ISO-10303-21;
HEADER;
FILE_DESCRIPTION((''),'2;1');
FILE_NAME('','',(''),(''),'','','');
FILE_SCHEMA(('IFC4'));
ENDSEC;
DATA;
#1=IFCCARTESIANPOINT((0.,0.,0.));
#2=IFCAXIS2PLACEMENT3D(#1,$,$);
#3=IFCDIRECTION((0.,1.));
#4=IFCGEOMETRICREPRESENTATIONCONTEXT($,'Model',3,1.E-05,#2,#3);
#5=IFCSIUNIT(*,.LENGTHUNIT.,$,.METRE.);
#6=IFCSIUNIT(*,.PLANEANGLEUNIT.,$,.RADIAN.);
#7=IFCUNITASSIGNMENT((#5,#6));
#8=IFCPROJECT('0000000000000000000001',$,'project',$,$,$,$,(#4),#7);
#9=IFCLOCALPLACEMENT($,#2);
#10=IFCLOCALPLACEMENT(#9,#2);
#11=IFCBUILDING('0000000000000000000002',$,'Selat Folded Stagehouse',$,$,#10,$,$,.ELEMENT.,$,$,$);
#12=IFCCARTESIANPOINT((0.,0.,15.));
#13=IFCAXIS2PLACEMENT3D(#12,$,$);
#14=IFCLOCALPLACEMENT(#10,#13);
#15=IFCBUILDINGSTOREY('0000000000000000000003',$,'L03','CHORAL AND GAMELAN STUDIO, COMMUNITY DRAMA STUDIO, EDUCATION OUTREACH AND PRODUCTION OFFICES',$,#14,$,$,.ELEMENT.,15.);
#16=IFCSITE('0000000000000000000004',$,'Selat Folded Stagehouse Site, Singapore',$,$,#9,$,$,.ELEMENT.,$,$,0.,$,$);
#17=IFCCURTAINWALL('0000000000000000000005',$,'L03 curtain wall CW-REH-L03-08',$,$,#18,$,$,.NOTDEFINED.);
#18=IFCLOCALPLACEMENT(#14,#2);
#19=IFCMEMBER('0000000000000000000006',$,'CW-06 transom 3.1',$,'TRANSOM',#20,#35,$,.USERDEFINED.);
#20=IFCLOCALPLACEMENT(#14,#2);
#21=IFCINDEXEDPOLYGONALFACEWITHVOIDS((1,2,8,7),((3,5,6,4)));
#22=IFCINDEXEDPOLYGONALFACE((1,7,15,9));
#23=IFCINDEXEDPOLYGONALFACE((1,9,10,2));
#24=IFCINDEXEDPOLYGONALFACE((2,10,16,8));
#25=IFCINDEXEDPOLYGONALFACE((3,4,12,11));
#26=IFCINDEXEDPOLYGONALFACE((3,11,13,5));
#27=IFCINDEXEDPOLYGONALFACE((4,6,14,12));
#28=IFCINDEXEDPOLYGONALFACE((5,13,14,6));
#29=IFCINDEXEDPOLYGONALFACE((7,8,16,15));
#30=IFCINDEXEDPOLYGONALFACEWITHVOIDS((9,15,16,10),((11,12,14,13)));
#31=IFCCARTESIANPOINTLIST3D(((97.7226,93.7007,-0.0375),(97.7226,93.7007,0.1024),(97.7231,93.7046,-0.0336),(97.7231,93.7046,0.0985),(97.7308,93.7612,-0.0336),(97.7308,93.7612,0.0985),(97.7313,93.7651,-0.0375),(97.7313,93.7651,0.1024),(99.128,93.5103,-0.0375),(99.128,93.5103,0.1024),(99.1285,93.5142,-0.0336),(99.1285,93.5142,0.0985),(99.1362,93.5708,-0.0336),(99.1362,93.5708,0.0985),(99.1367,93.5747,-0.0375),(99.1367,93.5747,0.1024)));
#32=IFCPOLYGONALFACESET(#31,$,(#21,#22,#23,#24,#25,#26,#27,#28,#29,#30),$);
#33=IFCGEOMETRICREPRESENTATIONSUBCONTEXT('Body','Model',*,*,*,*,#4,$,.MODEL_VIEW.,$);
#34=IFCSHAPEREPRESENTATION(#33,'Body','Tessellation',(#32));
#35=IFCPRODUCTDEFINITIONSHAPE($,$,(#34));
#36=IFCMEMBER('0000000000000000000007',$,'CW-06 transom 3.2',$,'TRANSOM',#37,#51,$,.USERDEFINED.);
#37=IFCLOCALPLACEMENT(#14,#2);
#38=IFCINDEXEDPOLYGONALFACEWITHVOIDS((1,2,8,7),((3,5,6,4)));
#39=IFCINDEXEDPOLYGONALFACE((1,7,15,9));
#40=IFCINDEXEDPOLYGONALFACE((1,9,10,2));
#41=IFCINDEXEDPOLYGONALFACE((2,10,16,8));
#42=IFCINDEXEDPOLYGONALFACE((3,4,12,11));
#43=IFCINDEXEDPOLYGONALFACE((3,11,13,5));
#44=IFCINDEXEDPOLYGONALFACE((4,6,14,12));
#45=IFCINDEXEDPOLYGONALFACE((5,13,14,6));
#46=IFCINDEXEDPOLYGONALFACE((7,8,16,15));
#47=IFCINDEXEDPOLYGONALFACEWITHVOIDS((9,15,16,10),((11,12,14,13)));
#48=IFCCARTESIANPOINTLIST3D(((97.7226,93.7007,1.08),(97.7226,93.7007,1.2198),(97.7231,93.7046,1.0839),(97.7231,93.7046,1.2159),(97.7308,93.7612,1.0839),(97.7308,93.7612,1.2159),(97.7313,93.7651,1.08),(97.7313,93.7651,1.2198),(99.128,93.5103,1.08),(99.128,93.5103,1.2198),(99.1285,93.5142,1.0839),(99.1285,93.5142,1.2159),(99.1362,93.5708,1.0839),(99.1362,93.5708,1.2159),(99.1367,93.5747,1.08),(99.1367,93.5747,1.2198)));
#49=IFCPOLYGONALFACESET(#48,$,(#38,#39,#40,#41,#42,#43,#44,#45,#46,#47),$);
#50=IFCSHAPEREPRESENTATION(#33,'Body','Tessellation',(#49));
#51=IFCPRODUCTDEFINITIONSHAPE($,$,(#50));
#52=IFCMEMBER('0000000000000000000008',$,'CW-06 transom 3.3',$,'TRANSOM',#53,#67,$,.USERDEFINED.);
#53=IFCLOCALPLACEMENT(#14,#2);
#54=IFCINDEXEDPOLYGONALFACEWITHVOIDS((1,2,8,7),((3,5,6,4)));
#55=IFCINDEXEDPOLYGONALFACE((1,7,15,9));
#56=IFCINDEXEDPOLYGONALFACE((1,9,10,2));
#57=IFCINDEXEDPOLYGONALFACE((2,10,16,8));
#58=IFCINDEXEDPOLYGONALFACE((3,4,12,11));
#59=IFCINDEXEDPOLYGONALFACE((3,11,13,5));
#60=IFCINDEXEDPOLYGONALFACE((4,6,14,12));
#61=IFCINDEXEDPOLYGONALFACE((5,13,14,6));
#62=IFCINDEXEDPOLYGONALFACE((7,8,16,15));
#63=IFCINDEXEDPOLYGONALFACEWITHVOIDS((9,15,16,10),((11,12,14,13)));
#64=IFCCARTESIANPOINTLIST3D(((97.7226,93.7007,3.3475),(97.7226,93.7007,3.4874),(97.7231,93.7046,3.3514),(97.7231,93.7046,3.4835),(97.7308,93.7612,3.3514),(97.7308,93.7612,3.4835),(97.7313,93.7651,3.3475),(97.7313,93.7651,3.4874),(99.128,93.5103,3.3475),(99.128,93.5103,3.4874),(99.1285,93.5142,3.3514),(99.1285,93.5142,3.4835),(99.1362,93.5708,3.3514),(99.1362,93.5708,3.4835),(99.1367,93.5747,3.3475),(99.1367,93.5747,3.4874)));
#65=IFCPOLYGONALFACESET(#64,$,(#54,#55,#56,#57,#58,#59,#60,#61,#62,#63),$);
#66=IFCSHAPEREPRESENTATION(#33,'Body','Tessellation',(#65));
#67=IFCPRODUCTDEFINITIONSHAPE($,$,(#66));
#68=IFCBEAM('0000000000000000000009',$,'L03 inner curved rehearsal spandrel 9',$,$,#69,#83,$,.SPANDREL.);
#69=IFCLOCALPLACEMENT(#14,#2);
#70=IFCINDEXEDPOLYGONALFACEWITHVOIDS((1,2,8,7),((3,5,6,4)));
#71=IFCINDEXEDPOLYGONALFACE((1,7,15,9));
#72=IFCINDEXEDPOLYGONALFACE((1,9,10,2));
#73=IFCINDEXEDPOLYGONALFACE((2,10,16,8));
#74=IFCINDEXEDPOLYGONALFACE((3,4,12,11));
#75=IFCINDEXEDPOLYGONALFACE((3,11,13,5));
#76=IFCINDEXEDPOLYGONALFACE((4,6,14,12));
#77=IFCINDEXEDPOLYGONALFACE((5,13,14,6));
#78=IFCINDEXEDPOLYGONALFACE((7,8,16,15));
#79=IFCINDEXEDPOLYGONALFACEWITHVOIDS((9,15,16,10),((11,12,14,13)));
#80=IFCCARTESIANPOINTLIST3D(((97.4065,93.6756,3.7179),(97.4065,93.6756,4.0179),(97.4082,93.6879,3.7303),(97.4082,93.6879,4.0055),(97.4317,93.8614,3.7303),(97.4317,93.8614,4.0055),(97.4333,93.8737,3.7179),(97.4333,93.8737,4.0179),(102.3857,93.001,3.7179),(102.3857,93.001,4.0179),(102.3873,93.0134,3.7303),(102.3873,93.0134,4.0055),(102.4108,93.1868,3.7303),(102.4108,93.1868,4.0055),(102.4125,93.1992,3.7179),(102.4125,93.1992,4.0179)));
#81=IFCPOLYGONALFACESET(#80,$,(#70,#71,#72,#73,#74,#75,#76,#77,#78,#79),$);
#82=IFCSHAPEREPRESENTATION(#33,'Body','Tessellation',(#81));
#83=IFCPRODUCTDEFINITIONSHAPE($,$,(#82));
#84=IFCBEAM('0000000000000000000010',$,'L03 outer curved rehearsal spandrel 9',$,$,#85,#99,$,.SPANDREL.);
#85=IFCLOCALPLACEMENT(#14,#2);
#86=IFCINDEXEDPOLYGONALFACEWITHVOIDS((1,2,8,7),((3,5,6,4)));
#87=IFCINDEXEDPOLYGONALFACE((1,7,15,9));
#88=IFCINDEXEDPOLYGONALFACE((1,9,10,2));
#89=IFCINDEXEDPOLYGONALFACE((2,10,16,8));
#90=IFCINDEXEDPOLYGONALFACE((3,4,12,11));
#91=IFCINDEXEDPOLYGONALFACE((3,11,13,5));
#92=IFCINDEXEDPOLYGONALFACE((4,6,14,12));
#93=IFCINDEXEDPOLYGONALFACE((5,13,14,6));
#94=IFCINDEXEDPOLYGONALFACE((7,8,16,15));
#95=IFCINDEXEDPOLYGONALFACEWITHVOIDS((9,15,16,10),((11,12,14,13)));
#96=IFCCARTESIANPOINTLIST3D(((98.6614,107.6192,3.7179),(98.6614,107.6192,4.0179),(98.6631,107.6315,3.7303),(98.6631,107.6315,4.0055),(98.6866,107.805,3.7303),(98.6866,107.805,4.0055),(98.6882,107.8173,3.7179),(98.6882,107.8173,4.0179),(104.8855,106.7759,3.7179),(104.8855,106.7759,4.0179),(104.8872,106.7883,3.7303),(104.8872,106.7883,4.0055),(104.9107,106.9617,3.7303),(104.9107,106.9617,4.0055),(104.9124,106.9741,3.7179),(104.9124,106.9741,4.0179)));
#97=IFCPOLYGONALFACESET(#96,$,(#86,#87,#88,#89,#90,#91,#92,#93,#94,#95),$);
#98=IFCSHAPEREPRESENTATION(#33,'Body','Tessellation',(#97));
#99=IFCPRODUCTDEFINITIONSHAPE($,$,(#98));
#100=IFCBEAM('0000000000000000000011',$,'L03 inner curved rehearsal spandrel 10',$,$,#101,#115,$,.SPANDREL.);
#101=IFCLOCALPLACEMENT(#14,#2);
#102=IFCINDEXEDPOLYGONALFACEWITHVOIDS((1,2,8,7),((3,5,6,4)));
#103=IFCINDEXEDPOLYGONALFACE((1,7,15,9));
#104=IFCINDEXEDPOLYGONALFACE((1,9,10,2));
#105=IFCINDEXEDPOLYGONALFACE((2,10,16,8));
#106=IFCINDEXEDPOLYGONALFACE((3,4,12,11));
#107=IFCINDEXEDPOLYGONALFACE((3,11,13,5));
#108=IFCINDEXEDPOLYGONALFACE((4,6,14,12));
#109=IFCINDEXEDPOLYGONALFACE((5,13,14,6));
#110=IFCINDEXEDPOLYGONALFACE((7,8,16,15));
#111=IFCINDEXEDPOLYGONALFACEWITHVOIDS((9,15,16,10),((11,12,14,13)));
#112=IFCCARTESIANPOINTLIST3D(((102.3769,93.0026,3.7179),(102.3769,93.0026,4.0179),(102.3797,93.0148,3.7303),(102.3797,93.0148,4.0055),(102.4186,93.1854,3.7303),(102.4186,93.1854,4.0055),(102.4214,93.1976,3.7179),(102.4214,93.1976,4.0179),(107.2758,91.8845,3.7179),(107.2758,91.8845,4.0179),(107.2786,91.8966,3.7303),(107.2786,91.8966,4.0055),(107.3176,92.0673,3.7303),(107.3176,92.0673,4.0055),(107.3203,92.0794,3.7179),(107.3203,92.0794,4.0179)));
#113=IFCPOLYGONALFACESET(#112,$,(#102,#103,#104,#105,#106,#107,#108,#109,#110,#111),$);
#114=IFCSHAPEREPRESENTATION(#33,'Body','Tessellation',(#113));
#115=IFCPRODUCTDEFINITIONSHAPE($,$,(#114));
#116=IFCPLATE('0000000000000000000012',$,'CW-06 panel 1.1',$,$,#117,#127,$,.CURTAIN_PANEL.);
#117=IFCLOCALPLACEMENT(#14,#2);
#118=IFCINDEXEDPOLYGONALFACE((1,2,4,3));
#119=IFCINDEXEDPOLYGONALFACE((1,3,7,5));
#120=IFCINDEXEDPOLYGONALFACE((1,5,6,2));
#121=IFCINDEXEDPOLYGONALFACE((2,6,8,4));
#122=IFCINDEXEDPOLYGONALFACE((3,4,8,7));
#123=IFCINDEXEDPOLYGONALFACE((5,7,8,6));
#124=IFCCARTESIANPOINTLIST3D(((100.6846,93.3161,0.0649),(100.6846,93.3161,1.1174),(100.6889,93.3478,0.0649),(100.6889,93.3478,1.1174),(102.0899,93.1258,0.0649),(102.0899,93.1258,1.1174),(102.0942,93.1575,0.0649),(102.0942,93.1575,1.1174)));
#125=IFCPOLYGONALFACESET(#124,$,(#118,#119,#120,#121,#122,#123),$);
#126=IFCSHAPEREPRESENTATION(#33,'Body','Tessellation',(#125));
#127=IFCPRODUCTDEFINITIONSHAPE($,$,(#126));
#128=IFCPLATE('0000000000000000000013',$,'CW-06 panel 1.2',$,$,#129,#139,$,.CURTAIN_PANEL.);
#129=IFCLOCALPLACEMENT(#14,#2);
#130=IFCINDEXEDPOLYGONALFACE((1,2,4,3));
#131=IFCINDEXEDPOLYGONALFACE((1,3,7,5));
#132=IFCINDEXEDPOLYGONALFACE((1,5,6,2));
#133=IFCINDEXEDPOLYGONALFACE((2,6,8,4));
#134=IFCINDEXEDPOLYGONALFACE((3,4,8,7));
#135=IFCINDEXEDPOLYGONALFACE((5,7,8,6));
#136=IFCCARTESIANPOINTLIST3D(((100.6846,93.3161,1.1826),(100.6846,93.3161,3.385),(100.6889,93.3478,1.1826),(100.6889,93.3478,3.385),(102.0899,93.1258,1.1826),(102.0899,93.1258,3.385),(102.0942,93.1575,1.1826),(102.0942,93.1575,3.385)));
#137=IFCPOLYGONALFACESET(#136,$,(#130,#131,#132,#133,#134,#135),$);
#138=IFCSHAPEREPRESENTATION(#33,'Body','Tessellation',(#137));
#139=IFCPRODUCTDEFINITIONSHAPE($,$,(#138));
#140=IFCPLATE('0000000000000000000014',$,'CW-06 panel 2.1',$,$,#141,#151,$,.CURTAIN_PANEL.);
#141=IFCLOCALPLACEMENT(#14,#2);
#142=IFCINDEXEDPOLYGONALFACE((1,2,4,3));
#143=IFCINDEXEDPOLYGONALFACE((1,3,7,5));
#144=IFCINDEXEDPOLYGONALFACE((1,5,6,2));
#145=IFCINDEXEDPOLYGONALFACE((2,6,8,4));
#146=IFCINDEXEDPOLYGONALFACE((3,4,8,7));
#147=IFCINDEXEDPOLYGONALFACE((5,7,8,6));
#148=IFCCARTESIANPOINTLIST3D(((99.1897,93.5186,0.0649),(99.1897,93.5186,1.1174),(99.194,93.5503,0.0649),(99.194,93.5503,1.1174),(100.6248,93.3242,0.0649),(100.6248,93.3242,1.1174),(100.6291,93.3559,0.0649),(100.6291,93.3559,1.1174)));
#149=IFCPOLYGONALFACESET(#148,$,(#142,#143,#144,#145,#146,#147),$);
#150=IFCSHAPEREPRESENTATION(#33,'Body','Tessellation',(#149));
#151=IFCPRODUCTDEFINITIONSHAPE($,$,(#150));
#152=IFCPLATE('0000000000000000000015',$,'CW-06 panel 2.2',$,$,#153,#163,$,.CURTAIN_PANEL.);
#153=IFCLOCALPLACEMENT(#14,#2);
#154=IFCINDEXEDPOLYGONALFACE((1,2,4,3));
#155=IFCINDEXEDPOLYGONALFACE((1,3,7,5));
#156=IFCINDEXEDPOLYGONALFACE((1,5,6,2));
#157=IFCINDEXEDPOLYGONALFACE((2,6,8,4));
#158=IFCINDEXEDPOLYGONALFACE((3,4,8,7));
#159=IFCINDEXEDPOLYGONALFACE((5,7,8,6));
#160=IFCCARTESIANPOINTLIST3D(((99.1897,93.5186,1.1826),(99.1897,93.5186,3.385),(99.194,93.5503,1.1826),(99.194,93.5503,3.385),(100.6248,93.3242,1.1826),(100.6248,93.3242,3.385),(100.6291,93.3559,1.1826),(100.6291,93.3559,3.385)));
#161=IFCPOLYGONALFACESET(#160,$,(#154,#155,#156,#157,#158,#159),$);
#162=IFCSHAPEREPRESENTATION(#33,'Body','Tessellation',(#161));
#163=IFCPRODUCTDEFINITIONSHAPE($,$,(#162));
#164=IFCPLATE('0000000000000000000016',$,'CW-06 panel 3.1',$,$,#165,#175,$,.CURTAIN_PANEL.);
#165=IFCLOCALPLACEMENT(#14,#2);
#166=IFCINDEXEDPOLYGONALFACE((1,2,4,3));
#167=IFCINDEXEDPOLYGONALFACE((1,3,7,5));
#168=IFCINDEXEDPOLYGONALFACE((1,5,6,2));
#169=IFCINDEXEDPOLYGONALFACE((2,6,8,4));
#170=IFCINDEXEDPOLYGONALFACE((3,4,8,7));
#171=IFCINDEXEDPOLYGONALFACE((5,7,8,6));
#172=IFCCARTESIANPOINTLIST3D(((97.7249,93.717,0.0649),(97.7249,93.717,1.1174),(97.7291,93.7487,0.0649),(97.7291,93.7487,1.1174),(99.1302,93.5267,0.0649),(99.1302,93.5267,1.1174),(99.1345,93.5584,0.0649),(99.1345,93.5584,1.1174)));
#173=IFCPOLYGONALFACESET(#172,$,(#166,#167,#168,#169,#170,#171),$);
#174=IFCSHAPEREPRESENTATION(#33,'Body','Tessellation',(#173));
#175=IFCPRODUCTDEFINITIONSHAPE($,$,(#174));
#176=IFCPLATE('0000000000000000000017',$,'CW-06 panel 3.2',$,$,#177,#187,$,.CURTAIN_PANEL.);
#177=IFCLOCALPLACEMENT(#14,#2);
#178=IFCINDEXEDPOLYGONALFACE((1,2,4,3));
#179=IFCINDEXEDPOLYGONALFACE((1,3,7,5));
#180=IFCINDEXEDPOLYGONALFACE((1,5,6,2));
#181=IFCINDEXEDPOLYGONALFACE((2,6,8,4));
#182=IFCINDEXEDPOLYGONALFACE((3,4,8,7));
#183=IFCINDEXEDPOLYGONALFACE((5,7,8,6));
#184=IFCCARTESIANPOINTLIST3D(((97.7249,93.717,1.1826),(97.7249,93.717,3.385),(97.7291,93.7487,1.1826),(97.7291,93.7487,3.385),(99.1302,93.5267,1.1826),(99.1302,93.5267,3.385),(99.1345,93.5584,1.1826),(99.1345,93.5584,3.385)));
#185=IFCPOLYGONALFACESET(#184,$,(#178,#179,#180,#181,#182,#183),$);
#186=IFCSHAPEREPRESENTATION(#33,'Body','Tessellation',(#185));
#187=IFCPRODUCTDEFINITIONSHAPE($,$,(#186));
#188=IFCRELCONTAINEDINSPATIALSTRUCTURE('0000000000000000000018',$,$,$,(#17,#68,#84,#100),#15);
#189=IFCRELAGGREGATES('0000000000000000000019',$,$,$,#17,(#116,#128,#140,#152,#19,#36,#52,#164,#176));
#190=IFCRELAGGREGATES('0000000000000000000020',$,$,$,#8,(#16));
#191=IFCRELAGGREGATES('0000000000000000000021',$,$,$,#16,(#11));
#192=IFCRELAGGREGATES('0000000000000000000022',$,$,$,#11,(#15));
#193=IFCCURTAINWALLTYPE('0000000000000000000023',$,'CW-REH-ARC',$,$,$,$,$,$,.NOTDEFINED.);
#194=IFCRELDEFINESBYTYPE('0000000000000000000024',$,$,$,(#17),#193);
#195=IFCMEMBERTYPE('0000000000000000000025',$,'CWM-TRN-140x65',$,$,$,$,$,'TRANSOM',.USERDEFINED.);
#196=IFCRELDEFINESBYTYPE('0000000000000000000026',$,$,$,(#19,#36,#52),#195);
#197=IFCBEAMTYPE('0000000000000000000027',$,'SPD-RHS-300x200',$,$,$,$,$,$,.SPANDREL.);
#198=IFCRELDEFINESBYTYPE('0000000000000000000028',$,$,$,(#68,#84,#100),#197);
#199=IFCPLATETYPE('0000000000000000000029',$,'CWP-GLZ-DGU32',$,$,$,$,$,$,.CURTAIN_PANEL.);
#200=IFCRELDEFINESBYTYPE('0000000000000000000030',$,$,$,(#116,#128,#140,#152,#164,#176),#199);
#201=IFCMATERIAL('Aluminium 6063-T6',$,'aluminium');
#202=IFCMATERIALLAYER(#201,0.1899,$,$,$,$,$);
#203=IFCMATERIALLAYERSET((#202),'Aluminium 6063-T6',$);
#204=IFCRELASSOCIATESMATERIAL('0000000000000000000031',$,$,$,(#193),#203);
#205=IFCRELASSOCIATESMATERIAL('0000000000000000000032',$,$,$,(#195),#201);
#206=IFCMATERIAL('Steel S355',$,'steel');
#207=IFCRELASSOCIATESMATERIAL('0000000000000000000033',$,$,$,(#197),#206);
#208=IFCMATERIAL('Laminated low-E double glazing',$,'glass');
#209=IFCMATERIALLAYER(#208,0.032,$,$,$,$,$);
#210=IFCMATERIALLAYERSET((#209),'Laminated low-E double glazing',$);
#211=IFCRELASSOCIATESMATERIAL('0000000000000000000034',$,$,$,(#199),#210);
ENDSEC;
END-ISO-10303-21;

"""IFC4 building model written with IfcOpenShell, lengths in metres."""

from ifc_helpers import new_model, si_unit, direction, frame, origin, origin_2d, place, context, subcontext, project, spatial, rectangle, hollow_rectangle, extrude, material, layer, layer_set, material_profile, profile_set, type_object, element, aggregate, save


model = new_model("IFC4")

# Units and contexts
model_context = context("Model", 3, precision=1e-05, world=origin(), true_north=direction((0.0, 1.0)))
body_context = subcontext(model_context, "Body", "Model", "MODEL_VIEW")
ifc_project = project(units=[si_unit("LENGTHUNIT", "METRE"), si_unit("PLANEANGLEUNIT", "RADIAN")], contexts=[model_context])

# Site, building, storey
site_placement = place(None, origin())
site = spatial("IfcSite", under=ifc_project, at=site_placement, Name="Selat Folded Stagehouse Site, Singapore", CompositionType="ELEMENT", RefElevation=0.0)
building_placement = place(site_placement, origin())
building = spatial("IfcBuilding", under=site, at=building_placement, Name="Selat Folded Stagehouse", CompositionType="ELEMENT")
storey_placement = place(building_placement, frame((0.0, 0.0, 15.0)))
storey = spatial("IfcBuildingStorey", under=building, at=storey_placement, Name="L03", Description="CHORAL AND GAMELAN STUDIO, COMMUNITY DRAMA STUDIO, EDUCATION OUTREACH AND PRODUCTION OFFICES", CompositionType="ELEMENT", Elevation=15.0)

# Shared definitions
ifc_material_1 = material(Name="Steel S355", Category="steel")

# Curtain wall
ifc_material_2 = material(Name="Aluminium 6063-T6", Category="aluminium")
ifc_layer_1 = layer(ifc_material_2, 0.1899)
ifc_layer_set_1 = layer_set([ifc_layer_1], Name="Aluminium 6063-T6")
curtain_wall_type = type_object("IfcCurtainWallType", Name="CW-REH-ARC", PredefinedType="NOTDEFINED", material=ifc_layer_set_1)
curtain_wall_1_placement = place(storey_placement, origin())
curtain_wall_1 = element("IfcCurtainWall", 1, at=curtain_wall_1_placement, inside=storey, type_object=curtain_wall_type, Name="L03 curtain wall CW-REH-L03-08", PredefinedType="NOTDEFINED")

# Members
ifc_material_profile_1 = material_profile(ifc_material_2, hollow_rectangle(XDim=0.0649, YDim=0.1399, WallThickness=0.0039, at=origin_2d()), Name="ALU 140x65x4.0")
ifc_profile_set_1 = profile_set([ifc_material_profile_1], Name="Aluminium 6063-T6")
member_type_1 = type_object("IfcMemberType", Name="CWM-TRN-140x65", ElementType="TRANSOM", PredefinedType="USERDEFINED", material=ifc_profile_set_1)
member_1_placement = place(storey_placement, frame((99.1323, 93.5425, 0.0325), z_axis=(-0.990943, 0.134283, 0.0), x_axis=(-0.134283, -0.990943, 0.0)))
member_1 = element("IfcMember", 2, at=member_1_placement, type_object=member_type_1, Name="CW-06 transom 3.1", ObjectType="TRANSOM", PredefinedType="USERDEFINED", context=body_context, shape_type="SweptSolid", body=[
    extrude(hollow_rectangle(XDim=0.0649, YDim=0.1399, WallThickness=0.0039, at=origin_2d()), origin(), (0.0, 0.0, 1.0), 1.4182),
])
member_2_placement = place(storey_placement, frame((99.1323, 93.5425, 1.1499), z_axis=(-0.990943, 0.134283, 0.0), x_axis=(-0.134283, -0.990943, 0.0)))
member_2 = element("IfcMember", 3, at=member_2_placement, type_object=member_type_1, Name="CW-06 transom 3.2", ObjectType="TRANSOM", PredefinedType="USERDEFINED", context=body_context, shape_type="SweptSolid", body=[
    extrude(hollow_rectangle(XDim=0.0649, YDim=0.1399, WallThickness=0.0039, at=origin_2d()), origin(), (0.0, 0.0, 1.0), 1.4182),
])
member_3_placement = place(storey_placement, frame((99.1323, 93.5425, 3.4175), z_axis=(-0.990943, 0.134283, 0.0), x_axis=(-0.134283, -0.990943, 0.0)))
member_3 = element("IfcMember", 4, at=member_3_placement, type_object=member_type_1, Name="CW-06 transom 3.3", ObjectType="TRANSOM", PredefinedType="USERDEFINED", context=body_context, shape_type="SweptSolid", body=[
    extrude(hollow_rectangle(XDim=0.0649, YDim=0.1399, WallThickness=0.0039, at=origin_2d()), origin(), (0.0, 0.0, 1.0), 1.4182),
])

# Beams
ifc_material_profile_2 = material_profile(ifc_material_1, hollow_rectangle(XDim=0.2, YDim=0.3, WallThickness=0.0125, at=origin_2d()), Name="RHS 300x200x12.5")
ifc_profile_set_2 = profile_set([ifc_material_profile_2], Name="Steel S355")
beam_type_1 = type_object("IfcBeamType", Name="SPD-RHS-300x200", PredefinedType="SPANDREL", material=ifc_profile_set_2)
beam_1_placement = place(storey_placement, frame((97.4199, 93.7747, 3.8679), z_axis=(0.990948, -0.134248, 0.0), x_axis=(0.134248, 0.990948, 0.0)))
element("IfcBeam", 5, at=beam_1_placement, inside=storey, type_object=beam_type_1, Name="L03 inner curved rehearsal spandrel 9", PredefinedType="SPANDREL", context=body_context, shape_type="SweptSolid", body=[
    extrude(hollow_rectangle(XDim=0.2, YDim=0.3, WallThickness=0.0125, at=origin_2d()), origin(), (0.0, 0.0, 1.0), 5.0247),
])
beam_2_placement = place(storey_placement, frame((98.6748, 107.7183, 3.8679), z_axis=(0.990947, -0.134256, 0.0), x_axis=(0.134256, 0.990947, 0.0)))
element("IfcBeam", 6, at=beam_2_placement, inside=storey, type_object=beam_type_1, Name="L03 outer curved rehearsal spandrel 9", PredefinedType="SPANDREL", context=body_context, shape_type="SweptSolid", body=[
    extrude(hollow_rectangle(XDim=0.2, YDim=0.3, WallThickness=0.0125, at=origin_2d()), origin(), (0.0, 0.0, 1.0), 6.281),
])
beam_3_placement = place(storey_placement, frame((102.3992, 93.1001, 3.8679), z_axis=(0.974927, -0.222524, 0.0), x_axis=(0.222524, 0.974927, 0.0)))
element("IfcBeam", 7, at=beam_3_placement, inside=storey, type_object=beam_type_1, Name="L03 inner curved rehearsal spandrel 10", PredefinedType="SPANDREL", context=body_context, shape_type="SweptSolid", body=[
    extrude(hollow_rectangle(XDim=0.2, YDim=0.3, WallThickness=0.0125, at=origin_2d()), origin(), (0.0, 0.0, 1.0), 5.0249),
])

# Plates
ifc_material_3 = material(Name="Laminated low-E double glazing", Category="glass")
ifc_layer_2 = layer(ifc_material_3, 0.032)
ifc_layer_set_2 = layer_set([ifc_layer_2], Name="Laminated low-E double glazing")
plate_type_1 = type_object("IfcPlateType", Name="CWP-GLZ-DGU32", PredefinedType="CURTAIN_PANEL", material=ifc_layer_set_2)
plate_1_placement = place(storey_placement, frame((101.3894, 93.2368, 0.0649), z_axis=(0.0, 0.0, 1.0), x_axis=(-0.990953, 0.134212, 0.0)))
plate_1 = element("IfcPlate", 8, at=plate_1_placement, type_object=plate_type_1, Name="CW-06 panel 1.1", PredefinedType="CURTAIN_PANEL", context=body_context, shape_type="SweptSolid", body=[
    extrude(rectangle(XDim=1.4182, YDim=0.032, at=origin_2d()), origin(), (0.0, 0.0, 1.0), 1.0525),
])
plate_2_placement = place(storey_placement, frame((101.3894, 93.2368, 1.1826), z_axis=(0.0, 0.0, 1.0), x_axis=(-0.990953, 0.134212, 0.0)))
plate_2 = element("IfcPlate", 9, at=plate_2_placement, type_object=plate_type_1, Name="CW-06 panel 1.2", PredefinedType="CURTAIN_PANEL", context=body_context, shape_type="SweptSolid", body=[
    extrude(rectangle(XDim=1.4182, YDim=0.032, at=origin_2d()), origin(), (0.0, 0.0, 1.0), 2.2024),
])
plate_3_placement = place(storey_placement, frame((99.9094, 93.4373, 0.0649), z_axis=(0.0, 0.0, 1.0), x_axis=(-0.990953, 0.134212, 0.0)))
plate_3 = element("IfcPlate", 10, at=plate_3_placement, type_object=plate_type_1, Name="CW-06 panel 2.1", PredefinedType="CURTAIN_PANEL", context=body_context, shape_type="SweptSolid", body=[
    extrude(rectangle(XDim=1.4482, YDim=0.032, at=origin_2d()), origin(), (0.0, 0.0, 1.0), 1.0525),
])
plate_4_placement = place(storey_placement, frame((99.9094, 93.4373, 1.1826), z_axis=(0.0, 0.0, 1.0), x_axis=(-0.990953, 0.134212, 0.0)))
plate_4 = element("IfcPlate", 11, at=plate_4_placement, type_object=plate_type_1, Name="CW-06 panel 2.2", PredefinedType="CURTAIN_PANEL", context=body_context, shape_type="SweptSolid", body=[
    extrude(rectangle(XDim=1.4482, YDim=0.032, at=origin_2d()), origin(), (0.0, 0.0, 1.0), 2.2024),
])
plate_5_placement = place(storey_placement, frame((98.4297, 93.6377, 0.0649), z_axis=(0.0, 0.0, 1.0), x_axis=(-0.990953, 0.134212, 0.0)))
plate_5 = element("IfcPlate", 12, at=plate_5_placement, type_object=plate_type_1, Name="CW-06 panel 3.1", PredefinedType="CURTAIN_PANEL", context=body_context, shape_type="SweptSolid", body=[
    extrude(rectangle(XDim=1.4182, YDim=0.032, at=origin_2d()), origin(), (0.0, 0.0, 1.0), 1.0525),
])
plate_6_placement = place(storey_placement, frame((98.4297, 93.6377, 1.1826), z_axis=(0.0, 0.0, 1.0), x_axis=(-0.990953, 0.134212, 0.0)))
plate_6 = element("IfcPlate", 13, at=plate_6_placement, type_object=plate_type_1, Name="CW-06 panel 3.2", PredefinedType="CURTAIN_PANEL", context=body_context, shape_type="SweptSolid", body=[
    extrude(rectangle(XDim=1.4182, YDim=0.032, at=origin_2d()), origin(), (0.0, 0.0, 1.0), 2.2024),
])
aggregate(curtain_wall_1, [plate_1, plate_2, plate_3, plate_4, member_1, member_2, member_3, plate_5, plate_6])

save(model, "model.ifc")
